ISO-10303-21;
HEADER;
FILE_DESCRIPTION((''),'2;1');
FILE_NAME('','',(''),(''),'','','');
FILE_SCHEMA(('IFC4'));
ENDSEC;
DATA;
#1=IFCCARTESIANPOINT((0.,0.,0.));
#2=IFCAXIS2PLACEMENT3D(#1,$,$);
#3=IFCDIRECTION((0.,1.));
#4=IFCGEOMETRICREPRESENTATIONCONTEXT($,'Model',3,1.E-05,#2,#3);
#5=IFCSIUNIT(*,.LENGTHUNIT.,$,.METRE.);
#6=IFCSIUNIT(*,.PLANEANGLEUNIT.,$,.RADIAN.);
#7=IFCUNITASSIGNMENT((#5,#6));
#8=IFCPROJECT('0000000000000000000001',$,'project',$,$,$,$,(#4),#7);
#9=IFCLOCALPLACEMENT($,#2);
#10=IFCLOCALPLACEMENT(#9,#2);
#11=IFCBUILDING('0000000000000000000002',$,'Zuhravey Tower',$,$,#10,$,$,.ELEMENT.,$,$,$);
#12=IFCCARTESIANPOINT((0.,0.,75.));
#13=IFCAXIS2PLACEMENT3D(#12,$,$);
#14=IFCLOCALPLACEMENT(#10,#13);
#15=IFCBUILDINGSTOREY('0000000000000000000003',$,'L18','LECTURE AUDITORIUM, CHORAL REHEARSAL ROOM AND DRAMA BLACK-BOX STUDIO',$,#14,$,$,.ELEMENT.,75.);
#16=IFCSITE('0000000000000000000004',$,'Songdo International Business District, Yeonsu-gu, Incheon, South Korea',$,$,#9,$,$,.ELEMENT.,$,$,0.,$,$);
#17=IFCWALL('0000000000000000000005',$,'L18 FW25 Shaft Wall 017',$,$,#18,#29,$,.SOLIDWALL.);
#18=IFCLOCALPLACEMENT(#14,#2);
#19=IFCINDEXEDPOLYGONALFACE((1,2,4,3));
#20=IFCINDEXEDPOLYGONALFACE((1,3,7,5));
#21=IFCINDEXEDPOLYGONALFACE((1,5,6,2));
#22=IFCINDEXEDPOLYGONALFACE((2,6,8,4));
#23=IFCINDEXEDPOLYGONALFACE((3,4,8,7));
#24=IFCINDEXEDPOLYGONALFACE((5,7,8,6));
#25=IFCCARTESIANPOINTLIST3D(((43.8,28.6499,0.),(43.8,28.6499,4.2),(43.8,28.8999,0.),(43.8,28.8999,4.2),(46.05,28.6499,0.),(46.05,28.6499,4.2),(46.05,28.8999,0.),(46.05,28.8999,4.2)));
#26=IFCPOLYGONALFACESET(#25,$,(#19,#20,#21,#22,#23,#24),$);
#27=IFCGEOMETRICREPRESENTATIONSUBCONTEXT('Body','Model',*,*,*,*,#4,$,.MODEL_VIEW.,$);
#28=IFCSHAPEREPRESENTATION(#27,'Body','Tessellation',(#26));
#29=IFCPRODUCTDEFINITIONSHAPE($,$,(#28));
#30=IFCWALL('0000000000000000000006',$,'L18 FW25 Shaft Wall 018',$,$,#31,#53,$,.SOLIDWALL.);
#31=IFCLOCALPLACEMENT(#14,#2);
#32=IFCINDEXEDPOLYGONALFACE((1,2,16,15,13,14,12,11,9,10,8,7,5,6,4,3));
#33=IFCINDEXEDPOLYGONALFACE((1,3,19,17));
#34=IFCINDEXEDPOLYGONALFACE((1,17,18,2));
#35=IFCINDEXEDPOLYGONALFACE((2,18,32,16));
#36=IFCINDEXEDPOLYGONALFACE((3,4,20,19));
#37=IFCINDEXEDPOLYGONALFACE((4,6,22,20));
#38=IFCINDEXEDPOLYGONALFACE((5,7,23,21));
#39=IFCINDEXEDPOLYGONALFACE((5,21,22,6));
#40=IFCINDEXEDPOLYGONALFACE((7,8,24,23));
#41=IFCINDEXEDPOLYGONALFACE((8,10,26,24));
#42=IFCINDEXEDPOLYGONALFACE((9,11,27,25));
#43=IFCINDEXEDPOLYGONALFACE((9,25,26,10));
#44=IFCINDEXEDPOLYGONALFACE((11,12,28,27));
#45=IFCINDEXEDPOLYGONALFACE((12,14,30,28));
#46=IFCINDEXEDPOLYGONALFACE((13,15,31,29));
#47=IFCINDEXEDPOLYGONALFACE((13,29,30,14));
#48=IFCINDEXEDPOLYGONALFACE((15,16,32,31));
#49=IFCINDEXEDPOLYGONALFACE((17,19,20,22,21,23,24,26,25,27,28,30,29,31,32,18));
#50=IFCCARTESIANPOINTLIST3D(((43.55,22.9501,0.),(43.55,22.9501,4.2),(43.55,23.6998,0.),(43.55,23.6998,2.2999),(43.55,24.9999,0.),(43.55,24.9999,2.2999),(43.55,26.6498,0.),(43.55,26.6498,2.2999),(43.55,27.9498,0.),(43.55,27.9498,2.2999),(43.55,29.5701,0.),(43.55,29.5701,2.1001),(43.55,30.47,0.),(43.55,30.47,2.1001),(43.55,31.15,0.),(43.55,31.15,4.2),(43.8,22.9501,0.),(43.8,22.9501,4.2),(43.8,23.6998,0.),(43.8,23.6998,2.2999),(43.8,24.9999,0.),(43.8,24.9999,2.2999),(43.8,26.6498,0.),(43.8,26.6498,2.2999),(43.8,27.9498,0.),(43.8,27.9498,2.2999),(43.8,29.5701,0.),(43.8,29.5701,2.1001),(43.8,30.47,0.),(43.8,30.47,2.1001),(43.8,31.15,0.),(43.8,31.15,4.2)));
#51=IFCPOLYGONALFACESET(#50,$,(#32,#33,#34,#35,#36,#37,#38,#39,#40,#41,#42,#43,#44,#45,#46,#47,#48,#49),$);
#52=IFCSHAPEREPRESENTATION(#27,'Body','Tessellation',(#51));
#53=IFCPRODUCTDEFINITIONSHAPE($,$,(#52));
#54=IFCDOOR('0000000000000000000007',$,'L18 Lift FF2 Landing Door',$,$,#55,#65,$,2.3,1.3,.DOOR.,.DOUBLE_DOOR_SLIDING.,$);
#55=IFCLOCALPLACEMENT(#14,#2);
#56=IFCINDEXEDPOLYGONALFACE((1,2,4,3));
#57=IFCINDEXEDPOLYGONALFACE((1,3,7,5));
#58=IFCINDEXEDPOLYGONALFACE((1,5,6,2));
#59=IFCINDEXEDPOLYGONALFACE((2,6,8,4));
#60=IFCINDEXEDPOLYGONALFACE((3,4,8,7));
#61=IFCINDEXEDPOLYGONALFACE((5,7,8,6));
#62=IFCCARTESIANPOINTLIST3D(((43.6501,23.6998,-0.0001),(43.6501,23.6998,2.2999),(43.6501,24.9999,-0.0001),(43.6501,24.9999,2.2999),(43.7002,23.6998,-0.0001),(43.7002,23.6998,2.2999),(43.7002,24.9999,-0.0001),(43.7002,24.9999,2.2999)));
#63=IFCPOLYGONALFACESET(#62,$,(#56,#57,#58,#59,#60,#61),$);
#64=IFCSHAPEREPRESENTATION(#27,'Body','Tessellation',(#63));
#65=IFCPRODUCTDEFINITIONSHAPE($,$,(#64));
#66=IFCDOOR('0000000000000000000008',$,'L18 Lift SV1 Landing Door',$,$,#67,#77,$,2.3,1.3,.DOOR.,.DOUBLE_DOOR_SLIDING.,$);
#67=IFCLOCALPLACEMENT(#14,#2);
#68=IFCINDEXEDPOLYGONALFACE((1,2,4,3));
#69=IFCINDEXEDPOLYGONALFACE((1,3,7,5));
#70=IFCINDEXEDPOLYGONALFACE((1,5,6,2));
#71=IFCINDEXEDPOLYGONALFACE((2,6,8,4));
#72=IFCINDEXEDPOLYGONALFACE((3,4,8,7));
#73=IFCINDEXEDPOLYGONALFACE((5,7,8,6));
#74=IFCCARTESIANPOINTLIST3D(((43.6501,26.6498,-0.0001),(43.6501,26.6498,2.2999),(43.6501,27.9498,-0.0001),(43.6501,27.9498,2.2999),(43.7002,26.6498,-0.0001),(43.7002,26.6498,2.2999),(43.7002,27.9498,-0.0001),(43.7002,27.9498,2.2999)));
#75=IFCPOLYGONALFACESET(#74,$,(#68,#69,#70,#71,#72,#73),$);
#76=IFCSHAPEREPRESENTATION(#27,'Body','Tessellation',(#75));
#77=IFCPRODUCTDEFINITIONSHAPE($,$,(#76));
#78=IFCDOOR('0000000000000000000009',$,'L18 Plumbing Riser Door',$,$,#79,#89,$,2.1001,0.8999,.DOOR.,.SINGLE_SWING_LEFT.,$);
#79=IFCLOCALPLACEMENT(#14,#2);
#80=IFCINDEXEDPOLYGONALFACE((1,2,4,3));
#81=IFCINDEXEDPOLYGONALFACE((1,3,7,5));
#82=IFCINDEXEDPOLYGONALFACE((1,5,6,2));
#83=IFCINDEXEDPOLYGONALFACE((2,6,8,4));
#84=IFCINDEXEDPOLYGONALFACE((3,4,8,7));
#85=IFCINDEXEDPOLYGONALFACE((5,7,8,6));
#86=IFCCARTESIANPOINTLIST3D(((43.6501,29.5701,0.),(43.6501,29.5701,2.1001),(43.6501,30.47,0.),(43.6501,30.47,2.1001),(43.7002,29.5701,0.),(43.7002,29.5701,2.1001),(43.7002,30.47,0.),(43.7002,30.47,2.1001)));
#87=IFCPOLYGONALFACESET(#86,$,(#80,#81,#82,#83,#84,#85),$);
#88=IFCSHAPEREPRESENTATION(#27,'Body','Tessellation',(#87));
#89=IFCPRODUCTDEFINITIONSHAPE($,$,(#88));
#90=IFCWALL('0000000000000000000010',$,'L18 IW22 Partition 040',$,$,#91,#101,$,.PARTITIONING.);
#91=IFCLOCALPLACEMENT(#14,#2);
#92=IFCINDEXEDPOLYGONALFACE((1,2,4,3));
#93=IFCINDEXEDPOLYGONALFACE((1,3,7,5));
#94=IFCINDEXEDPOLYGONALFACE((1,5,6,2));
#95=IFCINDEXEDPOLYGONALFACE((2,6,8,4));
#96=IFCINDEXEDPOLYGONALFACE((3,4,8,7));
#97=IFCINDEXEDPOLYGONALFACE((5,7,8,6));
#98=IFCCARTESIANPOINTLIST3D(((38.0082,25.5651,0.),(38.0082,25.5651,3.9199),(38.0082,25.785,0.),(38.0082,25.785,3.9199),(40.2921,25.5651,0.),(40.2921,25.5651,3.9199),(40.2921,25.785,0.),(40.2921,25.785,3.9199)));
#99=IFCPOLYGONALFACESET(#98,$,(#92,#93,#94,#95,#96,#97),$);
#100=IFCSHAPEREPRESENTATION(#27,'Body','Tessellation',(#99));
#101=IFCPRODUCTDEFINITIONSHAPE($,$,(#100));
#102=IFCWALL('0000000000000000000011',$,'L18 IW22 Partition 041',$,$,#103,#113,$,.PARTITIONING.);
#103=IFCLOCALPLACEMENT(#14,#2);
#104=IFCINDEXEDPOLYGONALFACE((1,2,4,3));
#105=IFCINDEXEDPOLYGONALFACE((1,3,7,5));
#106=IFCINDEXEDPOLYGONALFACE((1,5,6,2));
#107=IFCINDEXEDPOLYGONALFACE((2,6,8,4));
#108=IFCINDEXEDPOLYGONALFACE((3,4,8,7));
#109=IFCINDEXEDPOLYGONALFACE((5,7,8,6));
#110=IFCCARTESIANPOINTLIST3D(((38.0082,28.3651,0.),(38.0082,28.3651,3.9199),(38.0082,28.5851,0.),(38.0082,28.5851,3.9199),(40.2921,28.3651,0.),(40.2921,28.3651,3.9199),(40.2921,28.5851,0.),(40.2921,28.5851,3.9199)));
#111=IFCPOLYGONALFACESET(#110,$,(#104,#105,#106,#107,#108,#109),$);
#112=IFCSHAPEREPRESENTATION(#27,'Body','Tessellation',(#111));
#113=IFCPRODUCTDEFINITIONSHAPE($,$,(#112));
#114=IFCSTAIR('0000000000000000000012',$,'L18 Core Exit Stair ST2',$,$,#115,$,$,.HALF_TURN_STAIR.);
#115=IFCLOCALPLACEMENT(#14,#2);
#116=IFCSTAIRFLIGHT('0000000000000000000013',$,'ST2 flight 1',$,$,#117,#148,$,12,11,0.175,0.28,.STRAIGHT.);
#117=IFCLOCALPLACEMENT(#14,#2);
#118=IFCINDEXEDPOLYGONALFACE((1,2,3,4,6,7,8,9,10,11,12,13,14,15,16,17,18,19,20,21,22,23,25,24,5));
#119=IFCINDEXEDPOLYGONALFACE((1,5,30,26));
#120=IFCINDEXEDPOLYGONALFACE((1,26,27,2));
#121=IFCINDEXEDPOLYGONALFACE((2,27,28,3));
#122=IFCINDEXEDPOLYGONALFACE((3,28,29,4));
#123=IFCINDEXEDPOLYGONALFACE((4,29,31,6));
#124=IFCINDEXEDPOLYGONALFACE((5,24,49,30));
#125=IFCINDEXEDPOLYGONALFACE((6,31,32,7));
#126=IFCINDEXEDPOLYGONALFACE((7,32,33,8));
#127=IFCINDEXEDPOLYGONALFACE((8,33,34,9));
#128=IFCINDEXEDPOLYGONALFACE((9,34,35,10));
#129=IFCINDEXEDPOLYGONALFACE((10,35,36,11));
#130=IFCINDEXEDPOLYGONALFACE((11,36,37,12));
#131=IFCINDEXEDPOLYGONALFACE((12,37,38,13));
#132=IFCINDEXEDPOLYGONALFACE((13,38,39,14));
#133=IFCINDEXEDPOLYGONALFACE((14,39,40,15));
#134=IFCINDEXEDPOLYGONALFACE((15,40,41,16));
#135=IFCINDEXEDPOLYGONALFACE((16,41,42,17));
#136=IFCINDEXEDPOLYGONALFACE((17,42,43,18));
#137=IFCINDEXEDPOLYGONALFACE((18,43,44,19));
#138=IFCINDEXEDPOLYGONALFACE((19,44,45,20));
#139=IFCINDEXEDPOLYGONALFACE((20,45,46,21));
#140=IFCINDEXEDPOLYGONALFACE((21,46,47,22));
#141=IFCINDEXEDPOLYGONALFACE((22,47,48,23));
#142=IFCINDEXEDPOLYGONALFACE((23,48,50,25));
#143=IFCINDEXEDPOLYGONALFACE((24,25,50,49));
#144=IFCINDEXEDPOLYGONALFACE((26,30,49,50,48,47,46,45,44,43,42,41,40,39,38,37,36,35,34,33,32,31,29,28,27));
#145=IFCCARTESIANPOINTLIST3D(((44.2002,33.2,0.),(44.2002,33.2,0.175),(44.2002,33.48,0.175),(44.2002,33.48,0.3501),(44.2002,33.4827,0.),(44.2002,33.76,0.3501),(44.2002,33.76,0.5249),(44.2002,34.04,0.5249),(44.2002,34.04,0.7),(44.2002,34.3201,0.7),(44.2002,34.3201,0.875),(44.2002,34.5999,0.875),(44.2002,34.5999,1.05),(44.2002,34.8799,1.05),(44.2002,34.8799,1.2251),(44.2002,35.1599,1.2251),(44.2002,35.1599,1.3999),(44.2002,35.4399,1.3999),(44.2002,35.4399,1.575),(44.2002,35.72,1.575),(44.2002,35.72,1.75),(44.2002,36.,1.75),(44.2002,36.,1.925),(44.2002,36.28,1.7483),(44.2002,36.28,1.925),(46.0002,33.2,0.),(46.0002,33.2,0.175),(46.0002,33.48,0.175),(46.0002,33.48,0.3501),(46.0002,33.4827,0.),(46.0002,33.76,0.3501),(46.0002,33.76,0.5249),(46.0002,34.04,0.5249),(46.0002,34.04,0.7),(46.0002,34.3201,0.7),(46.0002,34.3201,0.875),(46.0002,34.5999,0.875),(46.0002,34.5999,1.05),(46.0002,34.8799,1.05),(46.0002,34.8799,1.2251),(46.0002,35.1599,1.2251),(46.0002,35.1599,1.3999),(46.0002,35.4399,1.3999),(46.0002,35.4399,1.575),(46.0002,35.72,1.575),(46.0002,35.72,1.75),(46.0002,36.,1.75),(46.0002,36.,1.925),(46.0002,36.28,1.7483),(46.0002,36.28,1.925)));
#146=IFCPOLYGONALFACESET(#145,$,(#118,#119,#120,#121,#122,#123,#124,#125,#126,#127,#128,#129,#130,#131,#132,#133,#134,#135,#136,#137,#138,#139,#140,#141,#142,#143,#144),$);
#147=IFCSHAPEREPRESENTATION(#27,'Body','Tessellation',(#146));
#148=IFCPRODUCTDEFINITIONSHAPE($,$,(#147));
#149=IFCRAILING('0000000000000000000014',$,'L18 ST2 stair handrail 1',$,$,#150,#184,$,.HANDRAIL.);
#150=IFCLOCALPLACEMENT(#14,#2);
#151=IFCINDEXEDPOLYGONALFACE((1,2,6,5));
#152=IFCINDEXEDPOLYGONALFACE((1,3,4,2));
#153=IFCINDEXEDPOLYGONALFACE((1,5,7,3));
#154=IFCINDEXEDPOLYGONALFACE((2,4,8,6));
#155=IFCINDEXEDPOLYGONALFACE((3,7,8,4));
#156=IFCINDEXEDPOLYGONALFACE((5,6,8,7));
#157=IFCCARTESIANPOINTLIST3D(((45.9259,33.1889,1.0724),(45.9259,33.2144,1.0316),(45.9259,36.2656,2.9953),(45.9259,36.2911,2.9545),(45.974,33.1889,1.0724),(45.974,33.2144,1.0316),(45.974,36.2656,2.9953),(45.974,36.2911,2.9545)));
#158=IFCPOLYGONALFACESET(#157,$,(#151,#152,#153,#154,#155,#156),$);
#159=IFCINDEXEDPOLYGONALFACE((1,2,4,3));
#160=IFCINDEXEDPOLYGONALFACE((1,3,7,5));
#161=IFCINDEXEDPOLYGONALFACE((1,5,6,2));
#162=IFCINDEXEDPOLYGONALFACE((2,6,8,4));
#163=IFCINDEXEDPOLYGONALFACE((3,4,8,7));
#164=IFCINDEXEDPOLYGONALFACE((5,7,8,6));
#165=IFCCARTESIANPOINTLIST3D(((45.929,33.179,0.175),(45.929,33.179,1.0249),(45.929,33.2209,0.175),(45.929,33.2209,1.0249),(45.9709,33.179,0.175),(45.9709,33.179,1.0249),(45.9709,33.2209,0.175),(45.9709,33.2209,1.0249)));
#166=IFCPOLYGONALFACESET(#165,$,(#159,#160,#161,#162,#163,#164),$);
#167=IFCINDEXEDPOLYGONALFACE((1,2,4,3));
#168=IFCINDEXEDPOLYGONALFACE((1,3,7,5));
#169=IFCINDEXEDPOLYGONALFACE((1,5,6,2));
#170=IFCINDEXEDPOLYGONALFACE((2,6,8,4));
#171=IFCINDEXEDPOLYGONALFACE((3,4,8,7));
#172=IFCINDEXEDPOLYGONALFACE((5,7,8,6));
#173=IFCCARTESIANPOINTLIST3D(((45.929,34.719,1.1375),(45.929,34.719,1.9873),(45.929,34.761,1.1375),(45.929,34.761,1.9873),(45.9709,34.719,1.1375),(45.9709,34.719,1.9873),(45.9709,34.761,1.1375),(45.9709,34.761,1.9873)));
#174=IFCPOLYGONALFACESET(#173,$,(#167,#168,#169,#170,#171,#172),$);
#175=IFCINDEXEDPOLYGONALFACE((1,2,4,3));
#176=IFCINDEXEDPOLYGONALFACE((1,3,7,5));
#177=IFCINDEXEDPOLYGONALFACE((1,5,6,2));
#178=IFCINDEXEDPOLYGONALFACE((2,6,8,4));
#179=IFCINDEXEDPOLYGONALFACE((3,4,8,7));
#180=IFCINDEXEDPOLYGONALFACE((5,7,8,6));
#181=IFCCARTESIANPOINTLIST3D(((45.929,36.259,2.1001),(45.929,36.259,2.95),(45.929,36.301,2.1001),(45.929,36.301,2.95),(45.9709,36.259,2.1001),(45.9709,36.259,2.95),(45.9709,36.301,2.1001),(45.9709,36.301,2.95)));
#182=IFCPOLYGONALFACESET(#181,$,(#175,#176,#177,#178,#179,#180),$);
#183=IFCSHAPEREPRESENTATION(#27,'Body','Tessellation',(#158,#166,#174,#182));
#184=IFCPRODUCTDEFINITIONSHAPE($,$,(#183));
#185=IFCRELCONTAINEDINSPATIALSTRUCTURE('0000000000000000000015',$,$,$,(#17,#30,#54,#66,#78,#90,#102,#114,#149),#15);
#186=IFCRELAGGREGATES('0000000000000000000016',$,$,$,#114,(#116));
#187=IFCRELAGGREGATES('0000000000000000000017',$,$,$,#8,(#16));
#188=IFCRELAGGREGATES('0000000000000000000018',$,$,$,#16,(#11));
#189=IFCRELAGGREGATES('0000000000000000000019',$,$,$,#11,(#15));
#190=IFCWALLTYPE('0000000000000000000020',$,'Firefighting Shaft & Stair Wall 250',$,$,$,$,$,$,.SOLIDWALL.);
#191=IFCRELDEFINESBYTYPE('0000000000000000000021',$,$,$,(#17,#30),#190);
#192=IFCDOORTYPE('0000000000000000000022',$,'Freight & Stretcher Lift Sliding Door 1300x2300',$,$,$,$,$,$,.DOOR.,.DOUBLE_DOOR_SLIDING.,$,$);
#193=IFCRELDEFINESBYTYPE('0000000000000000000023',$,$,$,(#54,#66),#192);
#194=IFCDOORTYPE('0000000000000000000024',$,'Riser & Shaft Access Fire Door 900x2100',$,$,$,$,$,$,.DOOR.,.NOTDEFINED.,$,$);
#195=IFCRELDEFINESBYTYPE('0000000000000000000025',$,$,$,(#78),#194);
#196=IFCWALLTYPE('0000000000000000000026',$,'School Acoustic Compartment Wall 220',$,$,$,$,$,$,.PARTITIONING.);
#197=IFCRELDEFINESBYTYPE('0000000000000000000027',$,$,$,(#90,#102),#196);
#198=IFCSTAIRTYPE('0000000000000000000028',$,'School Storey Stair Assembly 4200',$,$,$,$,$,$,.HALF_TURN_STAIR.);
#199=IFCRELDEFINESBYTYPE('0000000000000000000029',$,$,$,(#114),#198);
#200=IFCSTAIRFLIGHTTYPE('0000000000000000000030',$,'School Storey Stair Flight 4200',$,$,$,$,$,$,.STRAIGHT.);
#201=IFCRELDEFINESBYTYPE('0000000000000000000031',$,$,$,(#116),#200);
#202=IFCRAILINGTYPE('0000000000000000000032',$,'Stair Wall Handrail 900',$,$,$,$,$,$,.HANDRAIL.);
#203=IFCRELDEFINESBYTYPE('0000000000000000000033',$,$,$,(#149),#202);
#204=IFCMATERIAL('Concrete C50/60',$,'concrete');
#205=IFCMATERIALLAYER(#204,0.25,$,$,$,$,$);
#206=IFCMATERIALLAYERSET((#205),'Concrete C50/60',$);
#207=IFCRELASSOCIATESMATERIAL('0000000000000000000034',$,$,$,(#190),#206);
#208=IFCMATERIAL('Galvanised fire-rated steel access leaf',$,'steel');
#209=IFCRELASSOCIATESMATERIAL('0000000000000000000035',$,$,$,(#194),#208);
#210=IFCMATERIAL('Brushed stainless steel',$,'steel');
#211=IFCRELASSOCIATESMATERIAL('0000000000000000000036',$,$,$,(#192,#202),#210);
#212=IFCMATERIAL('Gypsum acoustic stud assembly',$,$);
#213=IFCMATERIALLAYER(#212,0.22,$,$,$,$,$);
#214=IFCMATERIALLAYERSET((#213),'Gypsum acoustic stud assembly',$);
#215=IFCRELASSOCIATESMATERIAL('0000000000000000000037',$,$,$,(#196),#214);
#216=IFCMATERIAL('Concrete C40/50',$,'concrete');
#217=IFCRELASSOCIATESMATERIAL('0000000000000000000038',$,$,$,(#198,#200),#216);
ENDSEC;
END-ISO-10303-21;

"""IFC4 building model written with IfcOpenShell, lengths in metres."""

from ifc_helpers import new_model, si_unit, direction, frame, frame_2d, origin, origin_2d, place, context, subcontext, project, spatial, polyline, rectangle, outline, extrude, material, layer, layer_set, type_object, element, fill, aggregate, save


model = new_model("IFC4")

# Units and contexts
model_context = context("Model", 3, precision=1e-05, world=origin(), true_north=direction((0.0, 1.0)))
body_context = subcontext(model_context, "Body", "Model", "MODEL_VIEW")
ifc_project = project(units=[si_unit("LENGTHUNIT", "METRE"), si_unit("PLANEANGLEUNIT", "RADIAN")], contexts=[model_context])

# Site, building, storey
site_placement = place(None, origin())
site = spatial("IfcSite", under=ifc_project, at=site_placement, Name="Songdo International Business District, Yeonsu-gu, Incheon, South Korea", CompositionType="ELEMENT", RefElevation=0.0)
building_placement = place(site_placement, origin())
building = spatial("IfcBuilding", under=site, at=building_placement, Name="Zuhravey Tower", CompositionType="ELEMENT")
storey_placement = place(building_placement, frame((0.0, 0.0, 75.0)))
storey = spatial("IfcBuildingStorey", under=building, at=storey_placement, Name="L18", Description="LECTURE AUDITORIUM, CHORAL REHEARSAL ROOM AND DRAMA BLACK-BOX STUDIO", CompositionType="ELEMENT", Elevation=75.0)

# Shared definitions
ifc_material_1 = material(Name="Concrete C50/60", Category="concrete")
ifc_layer_1 = layer(ifc_material_1, 0.25)
ifc_layer_set_1 = layer_set([ifc_layer_1], Name="Concrete C50/60")
wall_type_1 = type_object("IfcWallType", Name="Firefighting Shaft & Stair Wall 250", PredefinedType="SOLIDWALL", material=ifc_layer_set_1)

# Shared definitions
ifc_material_2 = material(Name="Galvanised fire-rated steel access leaf", Category="steel")
door_type_1 = type_object("IfcDoorType", Name="Riser & Shaft Access Fire Door 900x2100", OperationType="NOTDEFINED", PredefinedType="DOOR", material=ifc_material_2)

# Wall
for number, where, z_axis, x_axis, name in (
    (1, (43.8, 28.7749, 0.0), (0.0, 0.0, 1.0), (1.0, 0.0, 0.0), "L18 FW25 Shaft Wall 017"),
):
    element("IfcWall", number, at=place(storey_placement, frame(where, z_axis=z_axis, x_axis=x_axis)), inside=storey, type_object=wall_type_1, Name=name, PredefinedType="SOLIDWALL", context=body_context, shape_type="SweptSolid", body=[
        extrude(rectangle(XDim=2.25, YDim=0.25, at=frame_2d((1.125, 0.0))), origin(), (0.0, 0.0, 1.0), 4.2),
    ])

# Wall, openings, doors
wall_1_placement = place(storey_placement, frame((43.675, 22.95, 0.0), z_axis=(0.0, 0.0, 1.0), x_axis=(0.0, 1.0, 0.0)))
wall_1 = element("IfcWall", 2, at=wall_1_placement, inside=storey, type_object=wall_type_1, Name="L18 FW25 Shaft Wall 018", PredefinedType="SOLIDWALL", context=body_context, shape_type="SweptSolid", body=[
    extrude(rectangle(XDim=8.2, YDim=0.25, at=frame_2d((4.1001, 0.0))), origin(), (0.0, 0.0, 1.0), 4.2),
])
opening_1_placement = place(wall_1_placement, frame((0.75, 0.0, 0.0)))
opening_1 = element("IfcOpeningElement", 3, at=opening_1_placement, cuts=wall_1, PredefinedType="OPENING", context=body_context, shape_type="SweptSolid", body=[
    extrude(rectangle(XDim=1.3, YDim=2.3, at=frame_2d((0.6499, 1.1499))), frame((0.0, 0.137, 0.0), z_axis=(0.0, -1.0, 0.0), x_axis=(1.0, 0.0, 0.0)), (0.0, 0.0, 1.0), 0.2739),
])
opening_2_placement = place(wall_1_placement, frame((3.7, 0.0, 0.0)))
opening_2 = element("IfcOpeningElement", 4, at=opening_2_placement, cuts=wall_1, PredefinedType="OPENING", context=body_context, shape_type="SweptSolid", body=[
    extrude(rectangle(XDim=1.3, YDim=2.3, at=frame_2d((0.6499, 1.1499))), frame((0.0, 0.137, 0.0), z_axis=(0.0, -1.0, 0.0), x_axis=(1.0, 0.0, 0.0)), (0.0, 0.0, 1.0), 0.2739),
])
opening_3_placement = place(wall_1_placement, frame((6.6201, 0.0, 0.0)))
opening_3 = element("IfcOpeningElement", 5, at=opening_3_placement, cuts=wall_1, PredefinedType="OPENING", context=body_context, shape_type="SweptSolid", body=[
    extrude(rectangle(XDim=0.8999, YDim=2.1001, at=frame_2d((0.45, 1.05))), frame((0.0, 0.137, 0.0), z_axis=(0.0, -1.0, 0.0), x_axis=(1.0, 0.0, 0.0)), (0.0, 0.0, 1.0), 0.2739),
])
ifc_material_3 = material(Name="Brushed stainless steel", Category="steel")
door_type_2 = type_object("IfcDoorType", Name="Freight & Stretcher Lift Sliding Door 1300x2300", OperationType="DOUBLE_DOOR_SLIDING", PredefinedType="DOOR", material=ifc_material_3)
door_1_placement = place(opening_1_placement, origin())
door_1 = element("IfcDoor", 6, at=door_1_placement, inside=storey, type_object=door_type_2, Name="L18 Lift FF2 Landing Door", OperationType="DOUBLE_DOOR_SLIDING", OverallHeight=2.3, OverallWidth=1.3, PredefinedType="DOOR", context=body_context, shape_type="SweptSolid", body=[
    extrude(rectangle(XDim=1.3, YDim=2.3, at=frame_2d((0.6499, 1.1499))), frame((0.0, 0.0249, 0.0), z_axis=(0.0, -1.0, 0.0), x_axis=(1.0, 0.0, 0.0)), (0.0, 0.0, 1.0), 0.05),
])
fill(opening_1, door_1)
door_2_placement = place(opening_2_placement, origin())
door_2 = element("IfcDoor", 7, at=door_2_placement, inside=storey, type_object=door_type_2, Name="L18 Lift SV1 Landing Door", OperationType="DOUBLE_DOOR_SLIDING", OverallHeight=2.3, OverallWidth=1.3, PredefinedType="DOOR", context=body_context, shape_type="SweptSolid", body=[
    extrude(rectangle(XDim=1.3, YDim=2.3, at=frame_2d((0.6499, 1.1499))), frame((0.0, 0.0249, 0.0), z_axis=(0.0, -1.0, 0.0), x_axis=(1.0, 0.0, 0.0)), (0.0, 0.0, 1.0), 0.05),
])
fill(opening_2, door_2)
door_3_placement = place(opening_3_placement, origin())
door_3 = element("IfcDoor", 8, at=door_3_placement, inside=storey, type_object=door_type_1, Name="L18 Plumbing Riser Door", OperationType="SINGLE_SWING_LEFT", OverallHeight=2.1001, OverallWidth=0.8999, PredefinedType="DOOR", context=body_context, shape_type="SweptSolid", body=[
    extrude(rectangle(XDim=0.8999, YDim=2.1001, at=frame_2d((0.45, 1.05))), frame((0.0, 0.0249, 0.0), z_axis=(0.0, -1.0, 0.0), x_axis=(1.0, 0.0, 0.0)), (0.0, 0.0, 1.0), 0.05),
])
fill(opening_3, door_3)

# Walls
ifc_material_4 = material(Name="Gypsum acoustic stud assembly")
ifc_layer_2 = layer(ifc_material_4, 0.22)
ifc_layer_set_2 = layer_set([ifc_layer_2], Name="Gypsum acoustic stud assembly")
wall_type_2 = type_object("IfcWallType", Name="School Acoustic Compartment Wall 220", PredefinedType="PARTITIONING", material=ifc_layer_set_2)
for number, where, z_axis, x_axis, name in (
    (9, (38.0081, 25.675, 0.0), (0.0, 0.0, 1.0), (1.0, 0.0, 0.0), "L18 IW22 Partition 040"),
    (10, (38.0081, 28.4751, 0.0), (0.0, 0.0, 1.0), (1.0, 0.0, 0.0), "L18 IW22 Partition 041"),
):
    element("IfcWall", number, at=place(storey_placement, frame(where, z_axis=z_axis, x_axis=x_axis)), inside=storey, type_object=wall_type_2, Name=name, PredefinedType="PARTITIONING", context=body_context, shape_type="SweptSolid", body=[
        extrude(rectangle(XDim=2.2839, YDim=0.22, at=frame_2d((1.1421, 0.0))), origin(), (0.0, 0.0, 1.0), 3.9199),
    ])

# Stair, stair flight
ifc_material_5 = material(Name="Concrete C40/50", Category="concrete")
stair_type = type_object("IfcStairType", Name="School Storey Stair Assembly 4200", PredefinedType="HALF_TURN_STAIR", material=ifc_material_5)
stair_placement = place(storey_placement, origin())
stair = element("IfcStair", 11, at=stair_placement, inside=storey, type_object=stair_type, Name="L18 Core Exit Stair ST2", PredefinedType="HALF_TURN_STAIR")
stair_flight_type = type_object("IfcStairFlightType", Name="School Storey Stair Flight 4200", PredefinedType="STRAIGHT", material=ifc_material_5)
stair_flight_placement = place(storey_placement, frame((45.1001, 33.2, 0.0), z_axis=(0.0, 0.0, 1.0), x_axis=(0.0, 1.0, 0.0)))
stair_flight = element("IfcStairFlight", 12, at=stair_flight_placement, type_object=stair_flight_type, Name="ST2 flight 1", NumberOfRisers=12, NumberOfTreads=11, PredefinedType="STRAIGHT", RiserHeight=0.175, TreadLength=0.28, context=body_context, shape_type="SweptSolid", body=[
    extrude(outline(polyline([(0.0, 0.0), (0.0, 0.175), (0.28, 0.175), (0.28, 0.3501), (0.5601, 0.3501), (0.5601, 0.5249), (0.8401, 0.5249), (0.8401, 0.7), (1.1201, 0.7), (1.1201, 0.875), (1.3999, 0.875), (1.3999, 1.05), (1.6799, 1.05), (1.6799, 1.2251), (1.96, 1.2251), (1.96, 1.3999), (2.24, 1.3999), (2.24, 1.575), (2.52, 1.575), (2.52, 1.75), (2.8, 1.75), (2.8, 1.925), (3.0801, 1.925), (3.0801, 2.1001), (3.0801, 1.7483), (0.2827, 0.0), (0.0, 0.0)])), frame((0.0, 0.8999, 0.0), z_axis=(0.0, -1.0, 0.0), x_axis=(1.0, 0.0, 0.0)), (0.0, 0.0, 1.0), 1.8),
])
aggregate(stair, [stair_flight])

# Railing
railing_type_1 = type_object("IfcRailingType", Name="Stair Wall Handrail 900", PredefinedType="HANDRAIL", material=ifc_material_3)
railing_1_placement = place(storey_placement, frame((45.95, 33.2, 0.175)))
element("IfcRailing", 13, at=railing_1_placement, inside=storey, type_object=railing_type_1, Name="L18 ST2 stair handrail 1", PredefinedType="HANDRAIL", context=body_context, shape_type="SweptSolid", body=[
    extrude(rectangle(XDim=0.0481, YDim=0.0481, at=origin_2d()), frame((0.0, 0.0017, 0.877), z_axis=(0.0, 0.847998, 0.529999), x_axis=(-1.0, 0.0, 0.0)), (0.0, 0.0, 1.0), 3.6282),
    extrude(rectangle(XDim=0.042, YDim=0.042, at=origin_2d()), origin(), (0.0, 0.0, 1.0), 0.8499),
    extrude(rectangle(XDim=0.042, YDim=0.042, at=origin_2d()), frame((0.0, 1.54, 0.9624)), (0.0, 0.0, 1.0), 0.8499),
    extrude(rectangle(XDim=0.042, YDim=0.042, at=origin_2d()), frame((0.0, 3.0801, 1.925)), (0.0, 0.0, 1.0), 0.8499),
])

save(model, "model.ifc")
